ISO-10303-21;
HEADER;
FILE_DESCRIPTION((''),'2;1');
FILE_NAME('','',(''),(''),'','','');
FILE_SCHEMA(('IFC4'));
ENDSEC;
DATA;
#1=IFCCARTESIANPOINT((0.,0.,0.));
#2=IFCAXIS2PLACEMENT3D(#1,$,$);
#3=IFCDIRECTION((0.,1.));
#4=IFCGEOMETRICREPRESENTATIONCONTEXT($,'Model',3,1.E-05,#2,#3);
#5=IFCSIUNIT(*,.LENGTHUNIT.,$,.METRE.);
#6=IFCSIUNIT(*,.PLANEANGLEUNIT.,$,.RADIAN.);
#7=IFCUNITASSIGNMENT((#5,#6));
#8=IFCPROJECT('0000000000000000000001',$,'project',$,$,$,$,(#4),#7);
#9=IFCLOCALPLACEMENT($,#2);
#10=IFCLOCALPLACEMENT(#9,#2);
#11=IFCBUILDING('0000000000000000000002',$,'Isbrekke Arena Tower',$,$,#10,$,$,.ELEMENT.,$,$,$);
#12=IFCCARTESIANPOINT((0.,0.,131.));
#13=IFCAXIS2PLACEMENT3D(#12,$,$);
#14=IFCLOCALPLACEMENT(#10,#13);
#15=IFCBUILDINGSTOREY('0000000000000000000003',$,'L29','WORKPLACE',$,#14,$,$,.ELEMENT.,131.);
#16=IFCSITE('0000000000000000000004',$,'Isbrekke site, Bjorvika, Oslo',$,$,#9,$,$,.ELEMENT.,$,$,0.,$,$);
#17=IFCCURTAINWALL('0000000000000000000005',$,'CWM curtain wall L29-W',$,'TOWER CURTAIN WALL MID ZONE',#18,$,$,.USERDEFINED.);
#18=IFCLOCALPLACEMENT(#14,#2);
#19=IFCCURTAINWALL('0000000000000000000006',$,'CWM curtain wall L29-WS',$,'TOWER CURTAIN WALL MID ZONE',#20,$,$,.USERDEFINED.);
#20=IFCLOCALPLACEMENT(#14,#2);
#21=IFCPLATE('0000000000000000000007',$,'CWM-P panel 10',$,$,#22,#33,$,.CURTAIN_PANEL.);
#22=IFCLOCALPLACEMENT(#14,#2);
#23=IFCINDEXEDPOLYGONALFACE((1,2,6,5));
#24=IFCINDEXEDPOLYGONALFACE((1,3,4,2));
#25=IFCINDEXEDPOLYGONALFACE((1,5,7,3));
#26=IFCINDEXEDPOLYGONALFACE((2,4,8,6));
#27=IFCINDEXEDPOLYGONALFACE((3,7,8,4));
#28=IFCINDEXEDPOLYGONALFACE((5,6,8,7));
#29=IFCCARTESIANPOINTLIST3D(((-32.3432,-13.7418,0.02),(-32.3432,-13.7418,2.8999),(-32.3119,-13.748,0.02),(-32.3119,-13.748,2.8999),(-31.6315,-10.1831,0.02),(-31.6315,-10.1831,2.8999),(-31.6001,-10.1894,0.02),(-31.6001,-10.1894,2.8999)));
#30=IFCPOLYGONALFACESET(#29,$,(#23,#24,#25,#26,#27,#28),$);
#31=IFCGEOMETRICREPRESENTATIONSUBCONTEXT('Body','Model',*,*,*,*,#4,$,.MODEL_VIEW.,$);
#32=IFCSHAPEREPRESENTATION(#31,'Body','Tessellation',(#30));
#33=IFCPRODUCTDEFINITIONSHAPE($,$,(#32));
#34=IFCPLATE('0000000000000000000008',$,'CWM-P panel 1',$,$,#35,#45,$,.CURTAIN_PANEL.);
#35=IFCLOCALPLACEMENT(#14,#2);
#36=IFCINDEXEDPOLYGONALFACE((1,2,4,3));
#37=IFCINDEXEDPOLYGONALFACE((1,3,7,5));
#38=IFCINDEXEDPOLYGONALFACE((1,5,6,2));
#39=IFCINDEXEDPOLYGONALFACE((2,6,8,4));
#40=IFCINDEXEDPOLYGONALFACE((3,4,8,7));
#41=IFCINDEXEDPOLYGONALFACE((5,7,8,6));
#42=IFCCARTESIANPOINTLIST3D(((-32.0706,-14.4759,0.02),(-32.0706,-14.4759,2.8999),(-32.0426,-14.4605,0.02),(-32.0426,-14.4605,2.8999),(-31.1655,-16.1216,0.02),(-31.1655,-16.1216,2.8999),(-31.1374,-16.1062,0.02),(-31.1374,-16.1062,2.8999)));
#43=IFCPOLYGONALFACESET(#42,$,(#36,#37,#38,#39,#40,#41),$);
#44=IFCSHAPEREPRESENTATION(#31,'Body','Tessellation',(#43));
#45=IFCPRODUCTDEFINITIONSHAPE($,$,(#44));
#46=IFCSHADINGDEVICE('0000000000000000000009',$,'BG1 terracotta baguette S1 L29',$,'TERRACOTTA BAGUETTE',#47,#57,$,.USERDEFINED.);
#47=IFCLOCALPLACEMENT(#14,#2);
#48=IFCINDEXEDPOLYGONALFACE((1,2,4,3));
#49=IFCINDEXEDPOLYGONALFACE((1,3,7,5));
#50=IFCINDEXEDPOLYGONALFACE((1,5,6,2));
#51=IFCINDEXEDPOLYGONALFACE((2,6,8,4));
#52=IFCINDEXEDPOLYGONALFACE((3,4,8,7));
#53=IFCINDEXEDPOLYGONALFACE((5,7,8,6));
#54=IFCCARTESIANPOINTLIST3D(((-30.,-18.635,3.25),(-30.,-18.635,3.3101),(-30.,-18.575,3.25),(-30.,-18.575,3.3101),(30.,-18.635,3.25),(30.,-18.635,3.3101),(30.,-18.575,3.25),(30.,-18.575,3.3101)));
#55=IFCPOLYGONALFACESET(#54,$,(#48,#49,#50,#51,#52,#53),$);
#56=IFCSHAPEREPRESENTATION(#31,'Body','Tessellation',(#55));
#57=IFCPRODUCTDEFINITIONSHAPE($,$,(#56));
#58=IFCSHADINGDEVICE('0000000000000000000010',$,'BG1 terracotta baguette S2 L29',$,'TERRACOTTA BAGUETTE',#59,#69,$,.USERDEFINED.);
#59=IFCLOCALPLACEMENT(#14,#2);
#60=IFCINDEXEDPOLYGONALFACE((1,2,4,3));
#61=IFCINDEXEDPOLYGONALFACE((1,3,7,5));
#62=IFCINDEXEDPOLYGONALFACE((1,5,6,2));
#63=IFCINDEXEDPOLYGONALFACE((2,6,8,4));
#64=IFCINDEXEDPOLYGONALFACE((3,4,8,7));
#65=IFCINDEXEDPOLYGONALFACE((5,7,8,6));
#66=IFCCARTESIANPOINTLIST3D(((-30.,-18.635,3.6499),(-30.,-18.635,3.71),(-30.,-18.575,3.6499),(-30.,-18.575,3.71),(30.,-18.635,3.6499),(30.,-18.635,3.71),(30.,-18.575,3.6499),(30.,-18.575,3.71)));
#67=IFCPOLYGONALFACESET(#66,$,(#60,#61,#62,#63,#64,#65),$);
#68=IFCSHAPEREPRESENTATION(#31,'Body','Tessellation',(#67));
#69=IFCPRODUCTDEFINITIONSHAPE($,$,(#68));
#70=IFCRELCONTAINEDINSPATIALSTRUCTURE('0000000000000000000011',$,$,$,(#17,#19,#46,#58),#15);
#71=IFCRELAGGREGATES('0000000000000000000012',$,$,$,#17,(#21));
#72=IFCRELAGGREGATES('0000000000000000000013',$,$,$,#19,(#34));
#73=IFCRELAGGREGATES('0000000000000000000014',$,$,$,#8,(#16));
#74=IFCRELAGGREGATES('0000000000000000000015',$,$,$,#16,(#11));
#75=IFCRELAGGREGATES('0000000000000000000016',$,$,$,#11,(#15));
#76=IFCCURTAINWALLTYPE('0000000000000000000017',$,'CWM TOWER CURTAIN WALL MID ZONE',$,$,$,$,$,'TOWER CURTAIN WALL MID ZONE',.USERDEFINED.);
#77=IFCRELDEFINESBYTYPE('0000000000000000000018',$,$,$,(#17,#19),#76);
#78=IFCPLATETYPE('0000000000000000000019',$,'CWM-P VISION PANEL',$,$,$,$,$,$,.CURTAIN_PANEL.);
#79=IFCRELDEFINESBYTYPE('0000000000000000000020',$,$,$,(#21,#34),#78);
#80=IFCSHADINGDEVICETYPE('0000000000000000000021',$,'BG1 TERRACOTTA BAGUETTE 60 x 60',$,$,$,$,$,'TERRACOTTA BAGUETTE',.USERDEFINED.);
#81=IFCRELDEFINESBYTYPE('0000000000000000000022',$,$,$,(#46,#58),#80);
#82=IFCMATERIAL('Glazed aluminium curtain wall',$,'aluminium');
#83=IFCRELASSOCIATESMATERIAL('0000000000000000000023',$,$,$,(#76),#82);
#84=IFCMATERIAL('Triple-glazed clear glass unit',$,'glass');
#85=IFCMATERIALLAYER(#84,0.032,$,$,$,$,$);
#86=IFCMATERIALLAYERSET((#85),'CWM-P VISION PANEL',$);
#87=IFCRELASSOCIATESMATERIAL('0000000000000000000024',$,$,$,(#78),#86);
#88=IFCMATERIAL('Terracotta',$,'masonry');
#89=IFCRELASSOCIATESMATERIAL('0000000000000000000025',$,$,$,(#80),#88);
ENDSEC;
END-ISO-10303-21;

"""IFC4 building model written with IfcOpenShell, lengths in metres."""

from ifc_helpers import new_model, si_unit, direction, frame, origin, origin_2d, place, context, subcontext, project, spatial, rectangle, extrude, material, layer, layer_set, material_profile, profile_set, type_object, element, aggregate, save


model = new_model("IFC4")

# Units and contexts
model_context = context("Model", 3, precision=1e-05, world=origin(), true_north=direction((0.0, 1.0)))
body_context = subcontext(model_context, "Body", "Model", "MODEL_VIEW")
ifc_project = project(units=[si_unit("LENGTHUNIT", "METRE"), si_unit("PLANEANGLEUNIT", "RADIAN")], contexts=[model_context])

# Site, building, storey
site_placement = place(None, origin())
site = spatial("IfcSite", under=ifc_project, at=site_placement, Name="Isbrekke site, Bjorvika, Oslo", CompositionType="ELEMENT", RefElevation=0.0)
building_placement = place(site_placement, origin())
building = spatial("IfcBuilding", under=site, at=building_placement, Name="Isbrekke Arena Tower", CompositionType="ELEMENT")
storey_placement = place(building_placement, frame((0.0, 0.0, 131.0)))
storey = spatial("IfcBuildingStorey", under=building, at=storey_placement, Name="L29", Description="WORKPLACE", CompositionType="ELEMENT", Elevation=131.0)

# Shared definitions
ifc_material_1 = material(Name="Glazed aluminium curtain wall", Category="aluminium")
curtain_wall_type = type_object("IfcCurtainWallType", Name="CWM TOWER CURTAIN WALL MID ZONE", ElementType="TOWER CURTAIN WALL MID ZONE", PredefinedType="USERDEFINED", material=ifc_material_1)

# Curtain wall
curtain_wall_1_placement = place(storey_placement, origin())
curtain_wall_1 = element("IfcCurtainWall", 1, at=curtain_wall_1_placement, inside=storey, type_object=curtain_wall_type, Name="CWM curtain wall L29-W", ObjectType="TOWER CURTAIN WALL MID ZONE", PredefinedType="USERDEFINED")

# Curtain wall
curtain_wall_2_placement = place(storey_placement, origin())
curtain_wall_2 = element("IfcCurtainWall", 2, at=curtain_wall_2_placement, inside=storey, type_object=curtain_wall_type, Name="CWM curtain wall L29-WS", ObjectType="TOWER CURTAIN WALL MID ZONE", PredefinedType="USERDEFINED")

# Plates
ifc_material_2 = material(Name="Triple-glazed clear glass unit", Category="glass")
ifc_layer = layer(ifc_material_2, 0.032)
ifc_layer_set = layer_set([ifc_layer], Name="CWM-P VISION PANEL")
plate_type = type_object("IfcPlateType", Name="CWM-P VISION PANEL", PredefinedType="CURTAIN_PANEL", material=ifc_layer_set)
plate_1_placement = place(storey_placement, frame((-31.9717, -11.9656, 0.02), z_axis=(0.0, 0.0, 1.0), x_axis=(-0.196116, -0.980581, 0.0)))
plate_1 = element("IfcPlate", 3, at=plate_1_placement, type_object=plate_type, Name="CWM-P panel 10", PredefinedType="CURTAIN_PANEL", context=body_context, shape_type="SweptSolid", body=[
    extrude(rectangle(XDim=3.6292, YDim=0.032, at=origin_2d()), origin(), (0.0, 0.0, 1.0), 2.8799),
])
aggregate(curtain_wall_1, [plate_1])
plate_2_placement = place(storey_placement, frame((-31.604, -15.291, 0.02), z_axis=(0.0, 0.0, 1.0), x_axis=(0.481919, -0.876216, 0.0)))
plate_2 = element("IfcPlate", 4, at=plate_2_placement, type_object=plate_type, Name="CWM-P panel 1", PredefinedType="CURTAIN_PANEL", context=body_context, shape_type="SweptSolid", body=[
    extrude(rectangle(XDim=1.8782, YDim=0.032, at=origin_2d()), origin(), (0.0, 0.0, 1.0), 2.8799),
])
aggregate(curtain_wall_2, [plate_2])

# Shading devices
ifc_material_3 = material(Name="Terracotta", Category="masonry")
ifc_material_profile_1 = material_profile(ifc_material_3, rectangle(XDim=0.0601, YDim=0.0601, at=origin_2d()), Name="BAGUETTE 60X60")
ifc_profile_set_1 = profile_set([ifc_material_profile_1], Name="Terracotta")
shading_device_type = type_object("IfcShadingDeviceType", Name="BG1 TERRACOTTA BAGUETTE 60 x 60", ElementType="TERRACOTTA BAGUETTE", PredefinedType="USERDEFINED", material=ifc_profile_set_1)
for number, where, z_axis, x_axis, name in (
    (5, (-30.0, -18.605, 3.28), (1.0, 0.0, 0.0), (0.0, 1.0, 0.0), "BG1 terracotta baguette S1 L29"),
    (6, (-30.0, -18.605, 3.6799), (1.0, 0.0, 0.0), (0.0, 1.0, 0.0), "BG1 terracotta baguette S2 L29"),
):
    element("IfcShadingDevice", number, at=place(storey_placement, frame(where, z_axis=z_axis, x_axis=x_axis)), inside=storey, type_object=shading_device_type, Name=name, ObjectType="TERRACOTTA BAGUETTE", PredefinedType="USERDEFINED", context=body_context, shape_type="SweptSolid", body=[
        extrude(rectangle(XDim=0.0601, YDim=0.0601, at=origin_2d()), origin(), (0.0, 0.0, 1.0), 60.0),
    ])

save(model, "model.ifc")
